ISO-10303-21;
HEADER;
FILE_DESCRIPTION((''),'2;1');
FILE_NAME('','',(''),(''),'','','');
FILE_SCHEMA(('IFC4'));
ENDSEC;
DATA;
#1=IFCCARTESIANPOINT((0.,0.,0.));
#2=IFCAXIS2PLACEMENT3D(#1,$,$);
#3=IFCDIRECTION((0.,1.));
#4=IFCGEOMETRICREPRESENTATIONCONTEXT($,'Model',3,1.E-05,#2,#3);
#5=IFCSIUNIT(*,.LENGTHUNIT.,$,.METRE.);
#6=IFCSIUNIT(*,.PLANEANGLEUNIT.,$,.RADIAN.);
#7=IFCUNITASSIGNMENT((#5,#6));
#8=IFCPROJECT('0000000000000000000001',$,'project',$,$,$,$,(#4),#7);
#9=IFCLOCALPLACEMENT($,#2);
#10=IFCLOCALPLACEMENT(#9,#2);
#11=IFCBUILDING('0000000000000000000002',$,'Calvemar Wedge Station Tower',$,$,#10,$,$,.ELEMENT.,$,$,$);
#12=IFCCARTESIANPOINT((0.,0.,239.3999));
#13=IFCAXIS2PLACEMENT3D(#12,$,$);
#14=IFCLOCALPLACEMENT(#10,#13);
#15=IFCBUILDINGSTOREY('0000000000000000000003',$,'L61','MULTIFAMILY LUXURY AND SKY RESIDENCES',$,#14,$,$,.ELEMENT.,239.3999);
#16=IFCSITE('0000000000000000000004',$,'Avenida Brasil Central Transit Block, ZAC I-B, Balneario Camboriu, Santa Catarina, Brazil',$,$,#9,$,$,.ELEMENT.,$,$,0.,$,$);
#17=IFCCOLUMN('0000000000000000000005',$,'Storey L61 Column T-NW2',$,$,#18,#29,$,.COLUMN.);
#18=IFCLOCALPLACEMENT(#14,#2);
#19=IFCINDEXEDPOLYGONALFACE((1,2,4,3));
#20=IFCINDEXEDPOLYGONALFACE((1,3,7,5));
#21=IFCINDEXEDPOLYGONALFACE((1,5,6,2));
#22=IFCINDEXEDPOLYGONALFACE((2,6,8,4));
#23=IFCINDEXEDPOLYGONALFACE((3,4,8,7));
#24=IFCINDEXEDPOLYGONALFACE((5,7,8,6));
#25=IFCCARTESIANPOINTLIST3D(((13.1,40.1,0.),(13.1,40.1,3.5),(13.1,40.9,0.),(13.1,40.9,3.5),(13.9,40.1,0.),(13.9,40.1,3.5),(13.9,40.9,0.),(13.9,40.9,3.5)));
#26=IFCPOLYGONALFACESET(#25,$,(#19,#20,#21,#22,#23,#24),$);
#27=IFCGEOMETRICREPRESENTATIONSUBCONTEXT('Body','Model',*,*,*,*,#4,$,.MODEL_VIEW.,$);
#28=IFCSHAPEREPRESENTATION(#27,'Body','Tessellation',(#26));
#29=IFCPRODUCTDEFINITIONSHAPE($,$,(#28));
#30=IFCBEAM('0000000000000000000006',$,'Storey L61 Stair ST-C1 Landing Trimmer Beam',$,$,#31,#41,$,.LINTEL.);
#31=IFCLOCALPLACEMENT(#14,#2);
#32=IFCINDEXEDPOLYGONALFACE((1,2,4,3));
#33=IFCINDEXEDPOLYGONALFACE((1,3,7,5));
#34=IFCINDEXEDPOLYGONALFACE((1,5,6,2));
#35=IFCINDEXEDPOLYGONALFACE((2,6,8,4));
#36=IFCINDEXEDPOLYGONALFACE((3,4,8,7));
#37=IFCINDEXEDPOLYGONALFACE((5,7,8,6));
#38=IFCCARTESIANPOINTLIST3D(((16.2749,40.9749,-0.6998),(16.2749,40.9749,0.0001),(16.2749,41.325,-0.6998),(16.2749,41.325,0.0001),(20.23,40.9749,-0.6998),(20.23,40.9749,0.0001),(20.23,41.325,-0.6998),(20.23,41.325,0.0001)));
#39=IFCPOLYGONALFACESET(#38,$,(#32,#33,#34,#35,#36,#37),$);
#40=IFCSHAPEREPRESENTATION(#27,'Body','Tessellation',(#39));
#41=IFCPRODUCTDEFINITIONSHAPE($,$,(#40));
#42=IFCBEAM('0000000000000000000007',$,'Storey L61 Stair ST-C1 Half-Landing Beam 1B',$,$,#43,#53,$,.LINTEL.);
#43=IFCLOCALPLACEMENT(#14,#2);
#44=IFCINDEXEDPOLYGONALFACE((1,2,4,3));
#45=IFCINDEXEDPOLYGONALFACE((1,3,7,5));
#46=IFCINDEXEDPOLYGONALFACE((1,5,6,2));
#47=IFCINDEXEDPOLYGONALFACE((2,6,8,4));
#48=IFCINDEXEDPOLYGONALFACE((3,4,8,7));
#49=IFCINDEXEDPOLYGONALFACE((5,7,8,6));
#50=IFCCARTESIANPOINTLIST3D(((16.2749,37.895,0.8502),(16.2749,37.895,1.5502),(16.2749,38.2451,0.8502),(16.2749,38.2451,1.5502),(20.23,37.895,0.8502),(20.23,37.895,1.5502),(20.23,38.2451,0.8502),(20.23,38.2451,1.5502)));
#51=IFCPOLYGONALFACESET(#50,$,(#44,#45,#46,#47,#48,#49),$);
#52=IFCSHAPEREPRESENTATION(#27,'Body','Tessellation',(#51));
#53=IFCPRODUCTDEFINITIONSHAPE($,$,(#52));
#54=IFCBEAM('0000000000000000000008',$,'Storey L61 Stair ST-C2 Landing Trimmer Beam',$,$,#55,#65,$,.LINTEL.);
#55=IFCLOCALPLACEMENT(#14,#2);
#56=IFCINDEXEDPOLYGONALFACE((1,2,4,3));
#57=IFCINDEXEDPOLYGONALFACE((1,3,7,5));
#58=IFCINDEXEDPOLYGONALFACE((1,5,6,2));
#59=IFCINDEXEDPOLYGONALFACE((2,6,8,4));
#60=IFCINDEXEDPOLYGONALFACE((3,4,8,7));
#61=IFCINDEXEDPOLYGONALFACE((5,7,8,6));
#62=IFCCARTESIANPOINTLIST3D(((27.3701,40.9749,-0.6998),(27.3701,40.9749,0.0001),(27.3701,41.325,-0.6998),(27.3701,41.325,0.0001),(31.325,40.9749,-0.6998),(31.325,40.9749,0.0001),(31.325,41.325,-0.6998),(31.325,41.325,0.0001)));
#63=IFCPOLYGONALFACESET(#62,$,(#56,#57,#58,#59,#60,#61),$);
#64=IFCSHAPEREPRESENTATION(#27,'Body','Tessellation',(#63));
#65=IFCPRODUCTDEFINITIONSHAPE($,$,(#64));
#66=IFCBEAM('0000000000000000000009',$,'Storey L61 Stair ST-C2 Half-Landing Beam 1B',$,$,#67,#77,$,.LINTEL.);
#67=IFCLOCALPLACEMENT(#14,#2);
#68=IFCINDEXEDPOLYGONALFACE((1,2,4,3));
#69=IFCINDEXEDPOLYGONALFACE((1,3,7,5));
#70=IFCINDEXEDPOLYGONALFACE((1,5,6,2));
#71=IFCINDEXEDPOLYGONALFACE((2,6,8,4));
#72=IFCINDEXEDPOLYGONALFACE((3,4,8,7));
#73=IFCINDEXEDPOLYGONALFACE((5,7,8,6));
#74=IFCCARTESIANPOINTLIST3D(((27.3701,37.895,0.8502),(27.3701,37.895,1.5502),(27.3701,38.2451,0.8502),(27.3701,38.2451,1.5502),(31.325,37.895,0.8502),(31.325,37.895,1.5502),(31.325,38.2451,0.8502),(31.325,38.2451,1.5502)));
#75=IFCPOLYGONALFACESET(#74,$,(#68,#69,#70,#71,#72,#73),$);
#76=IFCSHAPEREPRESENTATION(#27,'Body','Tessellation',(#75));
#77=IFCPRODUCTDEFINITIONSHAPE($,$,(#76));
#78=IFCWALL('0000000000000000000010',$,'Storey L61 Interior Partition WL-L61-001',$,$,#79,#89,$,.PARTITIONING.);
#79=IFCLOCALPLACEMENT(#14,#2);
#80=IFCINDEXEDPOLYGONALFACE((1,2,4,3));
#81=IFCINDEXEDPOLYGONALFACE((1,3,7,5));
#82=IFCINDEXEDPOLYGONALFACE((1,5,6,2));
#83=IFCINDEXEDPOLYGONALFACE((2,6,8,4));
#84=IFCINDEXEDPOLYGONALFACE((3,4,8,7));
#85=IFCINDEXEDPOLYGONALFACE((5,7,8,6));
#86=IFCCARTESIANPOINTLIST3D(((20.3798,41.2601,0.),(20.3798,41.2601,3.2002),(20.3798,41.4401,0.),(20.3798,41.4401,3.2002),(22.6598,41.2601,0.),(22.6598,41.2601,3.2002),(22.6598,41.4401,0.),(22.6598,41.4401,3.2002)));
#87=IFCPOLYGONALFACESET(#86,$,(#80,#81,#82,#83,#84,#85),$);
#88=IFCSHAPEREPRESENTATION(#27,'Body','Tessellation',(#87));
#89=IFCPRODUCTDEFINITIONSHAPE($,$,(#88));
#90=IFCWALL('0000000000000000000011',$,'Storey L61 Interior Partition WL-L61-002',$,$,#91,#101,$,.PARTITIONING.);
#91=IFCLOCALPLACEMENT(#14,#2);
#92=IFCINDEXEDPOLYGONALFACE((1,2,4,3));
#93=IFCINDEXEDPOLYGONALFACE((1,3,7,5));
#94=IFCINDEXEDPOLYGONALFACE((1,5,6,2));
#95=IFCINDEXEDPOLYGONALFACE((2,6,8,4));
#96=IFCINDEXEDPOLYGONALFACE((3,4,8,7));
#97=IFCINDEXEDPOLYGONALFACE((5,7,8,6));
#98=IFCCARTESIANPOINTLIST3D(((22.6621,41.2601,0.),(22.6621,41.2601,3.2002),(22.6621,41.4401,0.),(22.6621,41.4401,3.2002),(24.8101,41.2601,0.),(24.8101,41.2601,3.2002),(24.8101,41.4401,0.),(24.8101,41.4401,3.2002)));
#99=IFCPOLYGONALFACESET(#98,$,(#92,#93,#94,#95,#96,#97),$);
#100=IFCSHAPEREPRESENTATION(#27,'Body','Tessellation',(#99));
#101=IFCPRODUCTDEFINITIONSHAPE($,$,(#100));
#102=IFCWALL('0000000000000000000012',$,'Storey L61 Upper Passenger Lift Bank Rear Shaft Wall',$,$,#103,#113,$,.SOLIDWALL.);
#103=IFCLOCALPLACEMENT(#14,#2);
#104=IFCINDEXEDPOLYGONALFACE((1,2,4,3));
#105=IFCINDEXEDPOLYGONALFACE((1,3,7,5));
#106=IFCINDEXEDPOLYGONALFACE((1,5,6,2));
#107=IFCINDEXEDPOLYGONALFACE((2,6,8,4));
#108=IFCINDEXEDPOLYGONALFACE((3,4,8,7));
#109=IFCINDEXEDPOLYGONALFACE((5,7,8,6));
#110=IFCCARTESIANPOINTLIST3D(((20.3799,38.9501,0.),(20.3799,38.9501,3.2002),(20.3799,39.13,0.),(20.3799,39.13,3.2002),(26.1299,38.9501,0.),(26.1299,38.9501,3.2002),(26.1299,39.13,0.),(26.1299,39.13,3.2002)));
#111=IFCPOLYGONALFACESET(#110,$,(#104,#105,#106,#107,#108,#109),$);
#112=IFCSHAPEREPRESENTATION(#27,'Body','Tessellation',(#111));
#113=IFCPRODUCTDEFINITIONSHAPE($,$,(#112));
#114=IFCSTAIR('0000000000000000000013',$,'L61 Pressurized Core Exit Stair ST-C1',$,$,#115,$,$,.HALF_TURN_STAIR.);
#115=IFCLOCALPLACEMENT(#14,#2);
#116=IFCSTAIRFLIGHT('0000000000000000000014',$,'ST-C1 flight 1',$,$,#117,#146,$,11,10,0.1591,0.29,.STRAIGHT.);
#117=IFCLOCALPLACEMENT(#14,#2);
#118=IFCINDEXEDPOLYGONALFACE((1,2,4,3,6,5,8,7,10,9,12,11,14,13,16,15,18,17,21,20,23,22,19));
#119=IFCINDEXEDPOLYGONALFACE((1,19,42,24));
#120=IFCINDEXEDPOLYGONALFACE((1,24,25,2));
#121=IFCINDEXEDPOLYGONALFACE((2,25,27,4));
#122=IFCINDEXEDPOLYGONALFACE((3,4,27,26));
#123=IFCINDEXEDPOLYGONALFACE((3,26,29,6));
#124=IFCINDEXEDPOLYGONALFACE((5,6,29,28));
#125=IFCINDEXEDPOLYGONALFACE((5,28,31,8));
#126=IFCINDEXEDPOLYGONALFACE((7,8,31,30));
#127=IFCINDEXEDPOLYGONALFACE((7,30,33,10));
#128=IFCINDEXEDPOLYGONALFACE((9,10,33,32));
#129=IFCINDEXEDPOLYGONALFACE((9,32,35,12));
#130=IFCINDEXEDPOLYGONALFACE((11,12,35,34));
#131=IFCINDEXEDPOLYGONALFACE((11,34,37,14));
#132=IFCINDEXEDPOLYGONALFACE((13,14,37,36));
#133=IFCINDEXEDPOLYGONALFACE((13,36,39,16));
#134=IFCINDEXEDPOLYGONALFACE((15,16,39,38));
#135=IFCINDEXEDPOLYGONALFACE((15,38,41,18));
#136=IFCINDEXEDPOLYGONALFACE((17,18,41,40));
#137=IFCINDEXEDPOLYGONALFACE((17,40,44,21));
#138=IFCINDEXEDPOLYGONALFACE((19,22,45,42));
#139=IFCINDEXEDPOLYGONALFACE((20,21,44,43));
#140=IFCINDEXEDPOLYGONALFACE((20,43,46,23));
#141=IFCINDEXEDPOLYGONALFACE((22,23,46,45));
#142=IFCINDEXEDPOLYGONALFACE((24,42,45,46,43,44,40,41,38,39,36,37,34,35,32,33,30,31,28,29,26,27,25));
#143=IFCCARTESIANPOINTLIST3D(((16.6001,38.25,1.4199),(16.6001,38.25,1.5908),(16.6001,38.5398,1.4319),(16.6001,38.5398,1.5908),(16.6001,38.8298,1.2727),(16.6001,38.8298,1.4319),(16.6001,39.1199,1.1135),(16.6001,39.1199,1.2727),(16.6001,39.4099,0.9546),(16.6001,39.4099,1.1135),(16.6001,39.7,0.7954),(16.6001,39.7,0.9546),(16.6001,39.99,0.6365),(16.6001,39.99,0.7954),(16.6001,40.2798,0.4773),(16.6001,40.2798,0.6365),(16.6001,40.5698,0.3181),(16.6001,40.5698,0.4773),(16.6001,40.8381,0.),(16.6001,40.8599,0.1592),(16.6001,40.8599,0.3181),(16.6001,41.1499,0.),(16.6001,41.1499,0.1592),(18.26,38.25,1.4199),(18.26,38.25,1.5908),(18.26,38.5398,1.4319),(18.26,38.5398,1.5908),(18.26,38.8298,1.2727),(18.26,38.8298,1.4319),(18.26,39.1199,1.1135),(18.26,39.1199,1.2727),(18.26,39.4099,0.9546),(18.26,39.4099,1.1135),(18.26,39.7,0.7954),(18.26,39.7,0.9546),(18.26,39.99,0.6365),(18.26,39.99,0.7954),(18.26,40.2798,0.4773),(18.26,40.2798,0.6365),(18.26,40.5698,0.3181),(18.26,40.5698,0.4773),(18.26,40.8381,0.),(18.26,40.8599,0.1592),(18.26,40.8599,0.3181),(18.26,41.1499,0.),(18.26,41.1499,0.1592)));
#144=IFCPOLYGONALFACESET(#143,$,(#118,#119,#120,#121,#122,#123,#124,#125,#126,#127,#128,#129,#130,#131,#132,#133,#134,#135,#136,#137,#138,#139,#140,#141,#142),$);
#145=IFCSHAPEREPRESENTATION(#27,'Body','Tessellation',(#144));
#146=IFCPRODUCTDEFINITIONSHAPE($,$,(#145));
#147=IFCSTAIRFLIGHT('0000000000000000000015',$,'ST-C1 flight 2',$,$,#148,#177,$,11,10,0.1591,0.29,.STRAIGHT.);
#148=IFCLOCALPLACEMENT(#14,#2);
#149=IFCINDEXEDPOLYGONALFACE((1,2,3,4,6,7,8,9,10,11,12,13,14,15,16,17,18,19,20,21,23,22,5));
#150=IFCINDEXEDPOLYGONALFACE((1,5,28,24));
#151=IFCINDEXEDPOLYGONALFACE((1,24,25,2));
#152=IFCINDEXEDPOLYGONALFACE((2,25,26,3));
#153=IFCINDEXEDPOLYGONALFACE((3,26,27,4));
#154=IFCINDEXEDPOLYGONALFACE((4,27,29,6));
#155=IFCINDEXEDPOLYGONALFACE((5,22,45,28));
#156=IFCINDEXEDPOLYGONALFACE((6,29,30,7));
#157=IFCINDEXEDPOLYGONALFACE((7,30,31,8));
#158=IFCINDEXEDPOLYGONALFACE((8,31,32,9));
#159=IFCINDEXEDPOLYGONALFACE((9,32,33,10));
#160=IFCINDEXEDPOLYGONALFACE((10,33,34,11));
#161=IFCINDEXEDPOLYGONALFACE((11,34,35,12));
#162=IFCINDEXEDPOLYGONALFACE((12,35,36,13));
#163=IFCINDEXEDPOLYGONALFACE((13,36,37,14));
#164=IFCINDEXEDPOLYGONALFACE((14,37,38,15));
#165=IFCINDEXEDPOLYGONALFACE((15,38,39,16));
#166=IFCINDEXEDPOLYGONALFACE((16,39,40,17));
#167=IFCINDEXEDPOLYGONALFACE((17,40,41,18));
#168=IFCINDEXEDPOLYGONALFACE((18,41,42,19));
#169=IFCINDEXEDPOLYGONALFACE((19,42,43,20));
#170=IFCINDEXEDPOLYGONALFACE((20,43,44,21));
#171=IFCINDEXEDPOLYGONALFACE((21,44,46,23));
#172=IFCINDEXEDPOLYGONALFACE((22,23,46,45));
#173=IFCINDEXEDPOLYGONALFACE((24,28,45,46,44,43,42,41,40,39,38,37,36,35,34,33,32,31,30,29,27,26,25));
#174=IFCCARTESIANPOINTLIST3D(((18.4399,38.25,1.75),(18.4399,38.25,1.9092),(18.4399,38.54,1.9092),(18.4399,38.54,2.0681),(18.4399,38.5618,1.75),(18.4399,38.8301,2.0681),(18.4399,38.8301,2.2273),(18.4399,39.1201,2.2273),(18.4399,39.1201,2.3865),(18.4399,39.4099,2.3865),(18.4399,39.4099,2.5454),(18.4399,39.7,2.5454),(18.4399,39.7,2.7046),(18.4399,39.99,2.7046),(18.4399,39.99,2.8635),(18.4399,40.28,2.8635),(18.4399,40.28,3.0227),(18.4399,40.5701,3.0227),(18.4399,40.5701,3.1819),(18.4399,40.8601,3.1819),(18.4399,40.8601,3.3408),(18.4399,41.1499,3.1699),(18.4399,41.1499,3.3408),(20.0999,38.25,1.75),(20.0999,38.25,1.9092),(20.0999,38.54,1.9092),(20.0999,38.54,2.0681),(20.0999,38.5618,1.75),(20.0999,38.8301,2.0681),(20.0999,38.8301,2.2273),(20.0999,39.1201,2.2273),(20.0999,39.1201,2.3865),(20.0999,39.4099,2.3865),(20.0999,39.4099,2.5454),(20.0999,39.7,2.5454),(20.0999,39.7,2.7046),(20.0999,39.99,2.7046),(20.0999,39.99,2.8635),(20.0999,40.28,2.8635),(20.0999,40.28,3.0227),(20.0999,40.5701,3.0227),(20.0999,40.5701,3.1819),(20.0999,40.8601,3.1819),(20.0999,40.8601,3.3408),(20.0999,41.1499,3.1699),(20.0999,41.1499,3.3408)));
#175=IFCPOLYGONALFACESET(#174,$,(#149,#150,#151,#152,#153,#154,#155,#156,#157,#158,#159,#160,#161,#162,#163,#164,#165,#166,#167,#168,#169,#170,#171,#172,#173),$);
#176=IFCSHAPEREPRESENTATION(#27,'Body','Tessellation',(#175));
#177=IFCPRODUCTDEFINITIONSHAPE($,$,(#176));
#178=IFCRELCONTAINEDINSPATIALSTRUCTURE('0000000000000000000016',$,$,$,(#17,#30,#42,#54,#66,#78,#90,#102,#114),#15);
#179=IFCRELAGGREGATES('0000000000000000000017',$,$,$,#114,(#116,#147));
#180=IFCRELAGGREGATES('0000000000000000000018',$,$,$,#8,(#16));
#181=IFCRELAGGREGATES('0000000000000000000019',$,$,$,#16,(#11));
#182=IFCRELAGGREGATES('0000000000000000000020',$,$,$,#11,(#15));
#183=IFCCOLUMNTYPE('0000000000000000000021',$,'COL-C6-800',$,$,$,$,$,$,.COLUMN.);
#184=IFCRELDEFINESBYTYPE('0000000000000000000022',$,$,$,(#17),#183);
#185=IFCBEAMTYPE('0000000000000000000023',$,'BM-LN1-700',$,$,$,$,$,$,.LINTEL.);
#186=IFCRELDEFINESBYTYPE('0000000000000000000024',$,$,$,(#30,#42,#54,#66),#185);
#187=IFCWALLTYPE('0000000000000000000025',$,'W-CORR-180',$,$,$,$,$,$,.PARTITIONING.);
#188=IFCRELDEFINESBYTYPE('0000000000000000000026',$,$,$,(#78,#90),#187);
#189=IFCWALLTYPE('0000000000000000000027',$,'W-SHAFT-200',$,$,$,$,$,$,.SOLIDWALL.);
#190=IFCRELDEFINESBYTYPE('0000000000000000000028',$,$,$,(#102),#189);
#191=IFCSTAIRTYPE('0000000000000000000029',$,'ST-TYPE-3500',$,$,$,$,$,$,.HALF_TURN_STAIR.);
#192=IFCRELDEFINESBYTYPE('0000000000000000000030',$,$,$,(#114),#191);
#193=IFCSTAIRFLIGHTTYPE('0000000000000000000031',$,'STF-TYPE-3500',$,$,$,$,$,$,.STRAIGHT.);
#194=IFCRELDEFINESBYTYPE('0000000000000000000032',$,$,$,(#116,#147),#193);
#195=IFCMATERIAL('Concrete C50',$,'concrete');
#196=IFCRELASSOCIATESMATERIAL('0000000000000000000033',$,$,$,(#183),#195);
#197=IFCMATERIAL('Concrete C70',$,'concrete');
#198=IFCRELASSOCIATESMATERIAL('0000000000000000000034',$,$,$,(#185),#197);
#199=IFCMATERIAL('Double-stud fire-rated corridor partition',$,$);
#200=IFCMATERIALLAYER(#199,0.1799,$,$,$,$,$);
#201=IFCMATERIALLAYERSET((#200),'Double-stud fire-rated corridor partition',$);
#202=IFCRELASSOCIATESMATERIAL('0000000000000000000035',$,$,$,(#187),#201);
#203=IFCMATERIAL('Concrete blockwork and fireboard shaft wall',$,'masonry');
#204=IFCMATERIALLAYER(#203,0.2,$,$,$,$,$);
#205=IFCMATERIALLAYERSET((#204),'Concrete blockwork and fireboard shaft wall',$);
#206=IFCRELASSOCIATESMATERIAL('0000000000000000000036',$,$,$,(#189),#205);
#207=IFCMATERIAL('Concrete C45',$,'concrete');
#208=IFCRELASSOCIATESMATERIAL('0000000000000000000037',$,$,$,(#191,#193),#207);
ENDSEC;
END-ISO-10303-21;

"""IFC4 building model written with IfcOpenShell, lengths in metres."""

from ifc_helpers import new_model, si_unit, direction, frame, frame_2d, origin, origin_2d, place, context, subcontext, project, spatial, polyline, rectangle, outline, extrude, source, transform, mapped, material, layer, layer_set, material_profile, profile_set, type_object, element, aggregate, save


model = new_model("IFC4")

# Units and contexts
model_context = context("Model", 3, precision=1e-05, world=origin(), true_north=direction((0.0, 1.0)))
body_context = subcontext(model_context, "Body", "Model", "MODEL_VIEW")
ifc_project = project(units=[si_unit("LENGTHUNIT", "METRE"), si_unit("PLANEANGLEUNIT", "RADIAN")], contexts=[model_context])

# Site, building, storey
site_placement = place(None, origin())
site = spatial("IfcSite", under=ifc_project, at=site_placement, Name="Avenida Brasil Central Transit Block, ZAC I-B, Balneario Camboriu, Santa Catarina, Brazil", CompositionType="ELEMENT", RefElevation=0.0)
building_placement = place(site_placement, origin())
building = spatial("IfcBuilding", under=site, at=building_placement, Name="Calvemar Wedge Station Tower", CompositionType="ELEMENT")
storey_placement = place(building_placement, frame((0.0, 0.0, 239.3999)))
storey = spatial("IfcBuildingStorey", under=building, at=storey_placement, Name="L61", Description="MULTIFAMILY LUXURY AND SKY RESIDENCES", CompositionType="ELEMENT", Elevation=239.3999)

# Column
ifc_material_1 = material(Name="Concrete C50", Category="concrete")
ifc_material_profile_1 = material_profile(ifc_material_1, rectangle(XDim=0.8, YDim=0.8, at=origin_2d()), Name="RC800x800")
ifc_profile_set_1 = profile_set([ifc_material_profile_1], Name="Concrete C50")
column_type = type_object("IfcColumnType", Name="COL-C6-800", PredefinedType="COLUMN", material=ifc_profile_set_1)
shared_shape_1 = source(origin(), body_context, "Body", "SweptSolid", [
    extrude(rectangle(XDim=0.8, YDim=0.8, at=origin_2d()), origin(), (0.0, 0.0, 1.0), 3.5),
])
column_placement = place(storey_placement, frame((13.5, 40.5, 0.0), z_axis=(0.0, 0.0, 1.0), x_axis=(1.0, 0.0, 0.0)))
element("IfcColumn", 1, at=column_placement, inside=storey, type_object=column_type, Name="Storey L61 Column T-NW2", PredefinedType="COLUMN", context=body_context, shape_type="MappedRepresentation", body=[
    mapped(shared_shape_1, transform((0.0, 0.0, 0.0), scale=1.0)),
])

# Beams
ifc_material_2 = material(Name="Concrete C70", Category="concrete")
ifc_material_profile_2 = material_profile(ifc_material_2, rectangle(XDim=0.3501, YDim=0.7, at=origin_2d()), Name="RC350x700")
ifc_profile_set_2 = profile_set([ifc_material_profile_2], Name="Concrete C70")
beam_type = type_object("IfcBeamType", Name="BM-LN1-700", PredefinedType="LINTEL", material=ifc_profile_set_2)
shared_shape_2 = source(origin(), body_context, "Body", "SweptSolid", [
    extrude(rectangle(XDim=0.3501, YDim=0.7, at=origin_2d()), origin(), (0.0, 0.0, 1.0), 3.9551),
])
for number, where, z_axis, x_axis, name in (
    (2, (16.2749, 41.1499, -0.3499), (1.0, 0.0, 0.0), (0.0, 1.0, 0.0), "Storey L61 Stair ST-C1 Landing Trimmer Beam"),
    (3, (16.2749, 38.0701, 1.2002), (1.0, 0.0, 0.0), (0.0, 1.0, 0.0), "Storey L61 Stair ST-C1 Half-Landing Beam 1B"),
):
    element("IfcBeam", number, at=place(storey_placement, frame(where, z_axis=z_axis, x_axis=x_axis)), inside=storey, type_object=beam_type, Name=name, PredefinedType="LINTEL", context=body_context, shape_type="MappedRepresentation", body=[
        mapped(shared_shape_2, transform((0.0, 0.0, 0.0), scale=1.0)),
    ])
shared_shape_3 = source(origin(), body_context, "Body", "SweptSolid", [
    extrude(rectangle(XDim=0.3501, YDim=0.7, at=origin_2d()), origin(), (0.0, 0.0, 1.0), 3.9548),
])
for number, where, z_axis, x_axis, name in (
    (4, (27.3701, 41.1499, -0.3499), (1.0, 0.0, 0.0), (0.0, 1.0, 0.0), "Storey L61 Stair ST-C2 Landing Trimmer Beam"),
    (5, (27.3701, 38.0701, 1.2002), (1.0, 0.0, 0.0), (0.0, 1.0, 0.0), "Storey L61 Stair ST-C2 Half-Landing Beam 1B"),
):
    element("IfcBeam", number, at=place(storey_placement, frame(where, z_axis=z_axis, x_axis=x_axis)), inside=storey, type_object=beam_type, Name=name, PredefinedType="LINTEL", context=body_context, shape_type="MappedRepresentation", body=[
        mapped(shared_shape_3, transform((0.0, 0.0, 0.0), scale=1.0)),
    ])

# Walls
ifc_material_3 = material(Name="Double-stud fire-rated corridor partition")
ifc_layer_1 = layer(ifc_material_3, 0.1799)
ifc_layer_set_1 = layer_set([ifc_layer_1], Name="Double-stud fire-rated corridor partition")
wall_type_1 = type_object("IfcWallType", Name="W-CORR-180", PredefinedType="PARTITIONING", material=ifc_layer_set_1)
wall_1_placement = place(storey_placement, frame((22.6599, 41.3501, 0.0), z_axis=(0.0, 0.0, 1.0), x_axis=(-1.0, 0.0, 0.0)))
element("IfcWall", 6, at=wall_1_placement, inside=storey, type_object=wall_type_1, Name="Storey L61 Interior Partition WL-L61-001", PredefinedType="PARTITIONING", context=body_context, shape_type="SweptSolid", body=[
    extrude(rectangle(XDim=2.28, YDim=0.1799, at=frame_2d((1.1401, 0.0))), origin(), (0.0, 0.0, 1.0), 3.2002),
])
wall_2_placement = place(storey_placement, frame((24.8101, 41.3501, 0.0), z_axis=(0.0, 0.0, 1.0), x_axis=(-1.0, 0.0, 0.0)))
element("IfcWall", 7, at=wall_2_placement, inside=storey, type_object=wall_type_1, Name="Storey L61 Interior Partition WL-L61-002", PredefinedType="PARTITIONING", context=body_context, shape_type="SweptSolid", body=[
    extrude(rectangle(XDim=2.1479, YDim=0.1799, at=frame_2d((1.074, 0.0))), origin(), (0.0, 0.0, 1.0), 3.2002),
])

# Wall
ifc_material_4 = material(Name="Concrete blockwork and fireboard shaft wall", Category="masonry")
ifc_layer_2 = layer(ifc_material_4, 0.2)
ifc_layer_set_2 = layer_set([ifc_layer_2], Name="Concrete blockwork and fireboard shaft wall")
wall_type_2 = type_object("IfcWallType", Name="W-SHAFT-200", PredefinedType="SOLIDWALL", material=ifc_layer_set_2)
wall_3_placement = place(storey_placement, frame((20.3799, 39.04, 0.0), z_axis=(0.0, 0.0, 1.0), x_axis=(1.0, 0.0, 0.0)))
element("IfcWall", 8, at=wall_3_placement, inside=storey, type_object=wall_type_2, Name="Storey L61 Upper Passenger Lift Bank Rear Shaft Wall", PredefinedType="SOLIDWALL", context=body_context, shape_type="SweptSolid", body=[
    extrude(rectangle(XDim=5.75, YDim=0.1799, at=frame_2d((2.875, 0.0))), origin(), (0.0, 0.0, 1.0), 3.2002),
])

# Stair, stair flights
ifc_material_5 = material(Name="Concrete C45", Category="concrete")
stair_type = type_object("IfcStairType", Name="ST-TYPE-3500", PredefinedType="HALF_TURN_STAIR", material=ifc_material_5)
stair_placement = place(storey_placement, origin())
stair = element("IfcStair", 9, at=stair_placement, inside=storey, type_object=stair_type, Name="L61 Pressurized Core Exit Stair ST-C1", PredefinedType="HALF_TURN_STAIR")
stair_flight_type = type_object("IfcStairFlightType", Name="STF-TYPE-3500", PredefinedType="STRAIGHT", material=ifc_material_5)
stair_flight_1_placement = place(storey_placement, frame((17.4299, 41.1499, 0.0), z_axis=(0.0, 0.0, 1.0), x_axis=(0.0, -1.0, 0.0)))
stair_flight_1 = element("IfcStairFlight", 10, at=stair_flight_1_placement, type_object=stair_flight_type, Name="ST-C1 flight 1", NumberOfRisers=11, NumberOfTreads=10, PredefinedType="STRAIGHT", RiserHeight=0.1591, TreadLength=0.29, context=body_context, shape_type="SweptSolid", body=[
    extrude(outline(polyline([(0.0, 0.0), (0.0, 0.1592), (0.29, 0.1592), (0.29, 0.3181), (0.5801, 0.3181), (0.5801, 0.4773), (0.8701, 0.4773), (0.8701, 0.6365), (1.1599, 0.6365), (1.1599, 0.7954), (1.45, 0.7954), (1.45, 0.9546), (1.74, 0.9546), (1.74, 1.1135), (2.03, 1.1135), (2.03, 1.2727), (2.3201, 1.2727), (2.3201, 1.4319), (2.6101, 1.4319), (2.6101, 1.5908), (2.8999, 1.5908), (2.8999, 1.75), (2.8999, 1.4199), (0.3118, 0.0), (0.0, 0.0)])), frame((0.0, 0.8301, 0.0), z_axis=(0.0, -1.0, 0.0), x_axis=(1.0, 0.0, 0.0)), (0.0, 0.0, 1.0), 1.6599),
])
stair_flight_2_placement = place(storey_placement, frame((19.27, 38.25, 1.75), z_axis=(0.0, 0.0, 1.0), x_axis=(0.0, 1.0, 0.0)))
stair_flight_2 = element("IfcStairFlight", 11, at=stair_flight_2_placement, type_object=stair_flight_type, Name="ST-C1 flight 2", NumberOfRisers=11, NumberOfTreads=10, PredefinedType="STRAIGHT", RiserHeight=0.1591, TreadLength=0.29, context=body_context, shape_type="SweptSolid", body=[
    extrude(outline(polyline([(0.0, 0.0), (0.0, 0.1592), (0.29, 0.1592), (0.29, 0.3181), (0.5801, 0.3181), (0.5801, 0.4773), (0.8701, 0.4773), (0.8701, 0.6365), (1.1599, 0.6365), (1.1599, 0.7954), (1.45, 0.7954), (1.45, 0.9546), (1.74, 0.9546), (1.74, 1.1135), (2.03, 1.1135), (2.03, 1.2727), (2.3201, 1.2727), (2.3201, 1.4319), (2.6101, 1.4319), (2.6101, 1.5908), (2.8999, 1.5908), (2.8999, 1.75), (2.8999, 1.4199), (0.3118, 0.0), (0.0, 0.0)])), frame((0.0, 0.8301, 0.0), z_axis=(0.0, -1.0, 0.0), x_axis=(1.0, 0.0, 0.0)), (0.0, 0.0, 1.0), 1.6599),
])
aggregate(stair, [stair_flight_1, stair_flight_2])

save(model, "model.ifc")
